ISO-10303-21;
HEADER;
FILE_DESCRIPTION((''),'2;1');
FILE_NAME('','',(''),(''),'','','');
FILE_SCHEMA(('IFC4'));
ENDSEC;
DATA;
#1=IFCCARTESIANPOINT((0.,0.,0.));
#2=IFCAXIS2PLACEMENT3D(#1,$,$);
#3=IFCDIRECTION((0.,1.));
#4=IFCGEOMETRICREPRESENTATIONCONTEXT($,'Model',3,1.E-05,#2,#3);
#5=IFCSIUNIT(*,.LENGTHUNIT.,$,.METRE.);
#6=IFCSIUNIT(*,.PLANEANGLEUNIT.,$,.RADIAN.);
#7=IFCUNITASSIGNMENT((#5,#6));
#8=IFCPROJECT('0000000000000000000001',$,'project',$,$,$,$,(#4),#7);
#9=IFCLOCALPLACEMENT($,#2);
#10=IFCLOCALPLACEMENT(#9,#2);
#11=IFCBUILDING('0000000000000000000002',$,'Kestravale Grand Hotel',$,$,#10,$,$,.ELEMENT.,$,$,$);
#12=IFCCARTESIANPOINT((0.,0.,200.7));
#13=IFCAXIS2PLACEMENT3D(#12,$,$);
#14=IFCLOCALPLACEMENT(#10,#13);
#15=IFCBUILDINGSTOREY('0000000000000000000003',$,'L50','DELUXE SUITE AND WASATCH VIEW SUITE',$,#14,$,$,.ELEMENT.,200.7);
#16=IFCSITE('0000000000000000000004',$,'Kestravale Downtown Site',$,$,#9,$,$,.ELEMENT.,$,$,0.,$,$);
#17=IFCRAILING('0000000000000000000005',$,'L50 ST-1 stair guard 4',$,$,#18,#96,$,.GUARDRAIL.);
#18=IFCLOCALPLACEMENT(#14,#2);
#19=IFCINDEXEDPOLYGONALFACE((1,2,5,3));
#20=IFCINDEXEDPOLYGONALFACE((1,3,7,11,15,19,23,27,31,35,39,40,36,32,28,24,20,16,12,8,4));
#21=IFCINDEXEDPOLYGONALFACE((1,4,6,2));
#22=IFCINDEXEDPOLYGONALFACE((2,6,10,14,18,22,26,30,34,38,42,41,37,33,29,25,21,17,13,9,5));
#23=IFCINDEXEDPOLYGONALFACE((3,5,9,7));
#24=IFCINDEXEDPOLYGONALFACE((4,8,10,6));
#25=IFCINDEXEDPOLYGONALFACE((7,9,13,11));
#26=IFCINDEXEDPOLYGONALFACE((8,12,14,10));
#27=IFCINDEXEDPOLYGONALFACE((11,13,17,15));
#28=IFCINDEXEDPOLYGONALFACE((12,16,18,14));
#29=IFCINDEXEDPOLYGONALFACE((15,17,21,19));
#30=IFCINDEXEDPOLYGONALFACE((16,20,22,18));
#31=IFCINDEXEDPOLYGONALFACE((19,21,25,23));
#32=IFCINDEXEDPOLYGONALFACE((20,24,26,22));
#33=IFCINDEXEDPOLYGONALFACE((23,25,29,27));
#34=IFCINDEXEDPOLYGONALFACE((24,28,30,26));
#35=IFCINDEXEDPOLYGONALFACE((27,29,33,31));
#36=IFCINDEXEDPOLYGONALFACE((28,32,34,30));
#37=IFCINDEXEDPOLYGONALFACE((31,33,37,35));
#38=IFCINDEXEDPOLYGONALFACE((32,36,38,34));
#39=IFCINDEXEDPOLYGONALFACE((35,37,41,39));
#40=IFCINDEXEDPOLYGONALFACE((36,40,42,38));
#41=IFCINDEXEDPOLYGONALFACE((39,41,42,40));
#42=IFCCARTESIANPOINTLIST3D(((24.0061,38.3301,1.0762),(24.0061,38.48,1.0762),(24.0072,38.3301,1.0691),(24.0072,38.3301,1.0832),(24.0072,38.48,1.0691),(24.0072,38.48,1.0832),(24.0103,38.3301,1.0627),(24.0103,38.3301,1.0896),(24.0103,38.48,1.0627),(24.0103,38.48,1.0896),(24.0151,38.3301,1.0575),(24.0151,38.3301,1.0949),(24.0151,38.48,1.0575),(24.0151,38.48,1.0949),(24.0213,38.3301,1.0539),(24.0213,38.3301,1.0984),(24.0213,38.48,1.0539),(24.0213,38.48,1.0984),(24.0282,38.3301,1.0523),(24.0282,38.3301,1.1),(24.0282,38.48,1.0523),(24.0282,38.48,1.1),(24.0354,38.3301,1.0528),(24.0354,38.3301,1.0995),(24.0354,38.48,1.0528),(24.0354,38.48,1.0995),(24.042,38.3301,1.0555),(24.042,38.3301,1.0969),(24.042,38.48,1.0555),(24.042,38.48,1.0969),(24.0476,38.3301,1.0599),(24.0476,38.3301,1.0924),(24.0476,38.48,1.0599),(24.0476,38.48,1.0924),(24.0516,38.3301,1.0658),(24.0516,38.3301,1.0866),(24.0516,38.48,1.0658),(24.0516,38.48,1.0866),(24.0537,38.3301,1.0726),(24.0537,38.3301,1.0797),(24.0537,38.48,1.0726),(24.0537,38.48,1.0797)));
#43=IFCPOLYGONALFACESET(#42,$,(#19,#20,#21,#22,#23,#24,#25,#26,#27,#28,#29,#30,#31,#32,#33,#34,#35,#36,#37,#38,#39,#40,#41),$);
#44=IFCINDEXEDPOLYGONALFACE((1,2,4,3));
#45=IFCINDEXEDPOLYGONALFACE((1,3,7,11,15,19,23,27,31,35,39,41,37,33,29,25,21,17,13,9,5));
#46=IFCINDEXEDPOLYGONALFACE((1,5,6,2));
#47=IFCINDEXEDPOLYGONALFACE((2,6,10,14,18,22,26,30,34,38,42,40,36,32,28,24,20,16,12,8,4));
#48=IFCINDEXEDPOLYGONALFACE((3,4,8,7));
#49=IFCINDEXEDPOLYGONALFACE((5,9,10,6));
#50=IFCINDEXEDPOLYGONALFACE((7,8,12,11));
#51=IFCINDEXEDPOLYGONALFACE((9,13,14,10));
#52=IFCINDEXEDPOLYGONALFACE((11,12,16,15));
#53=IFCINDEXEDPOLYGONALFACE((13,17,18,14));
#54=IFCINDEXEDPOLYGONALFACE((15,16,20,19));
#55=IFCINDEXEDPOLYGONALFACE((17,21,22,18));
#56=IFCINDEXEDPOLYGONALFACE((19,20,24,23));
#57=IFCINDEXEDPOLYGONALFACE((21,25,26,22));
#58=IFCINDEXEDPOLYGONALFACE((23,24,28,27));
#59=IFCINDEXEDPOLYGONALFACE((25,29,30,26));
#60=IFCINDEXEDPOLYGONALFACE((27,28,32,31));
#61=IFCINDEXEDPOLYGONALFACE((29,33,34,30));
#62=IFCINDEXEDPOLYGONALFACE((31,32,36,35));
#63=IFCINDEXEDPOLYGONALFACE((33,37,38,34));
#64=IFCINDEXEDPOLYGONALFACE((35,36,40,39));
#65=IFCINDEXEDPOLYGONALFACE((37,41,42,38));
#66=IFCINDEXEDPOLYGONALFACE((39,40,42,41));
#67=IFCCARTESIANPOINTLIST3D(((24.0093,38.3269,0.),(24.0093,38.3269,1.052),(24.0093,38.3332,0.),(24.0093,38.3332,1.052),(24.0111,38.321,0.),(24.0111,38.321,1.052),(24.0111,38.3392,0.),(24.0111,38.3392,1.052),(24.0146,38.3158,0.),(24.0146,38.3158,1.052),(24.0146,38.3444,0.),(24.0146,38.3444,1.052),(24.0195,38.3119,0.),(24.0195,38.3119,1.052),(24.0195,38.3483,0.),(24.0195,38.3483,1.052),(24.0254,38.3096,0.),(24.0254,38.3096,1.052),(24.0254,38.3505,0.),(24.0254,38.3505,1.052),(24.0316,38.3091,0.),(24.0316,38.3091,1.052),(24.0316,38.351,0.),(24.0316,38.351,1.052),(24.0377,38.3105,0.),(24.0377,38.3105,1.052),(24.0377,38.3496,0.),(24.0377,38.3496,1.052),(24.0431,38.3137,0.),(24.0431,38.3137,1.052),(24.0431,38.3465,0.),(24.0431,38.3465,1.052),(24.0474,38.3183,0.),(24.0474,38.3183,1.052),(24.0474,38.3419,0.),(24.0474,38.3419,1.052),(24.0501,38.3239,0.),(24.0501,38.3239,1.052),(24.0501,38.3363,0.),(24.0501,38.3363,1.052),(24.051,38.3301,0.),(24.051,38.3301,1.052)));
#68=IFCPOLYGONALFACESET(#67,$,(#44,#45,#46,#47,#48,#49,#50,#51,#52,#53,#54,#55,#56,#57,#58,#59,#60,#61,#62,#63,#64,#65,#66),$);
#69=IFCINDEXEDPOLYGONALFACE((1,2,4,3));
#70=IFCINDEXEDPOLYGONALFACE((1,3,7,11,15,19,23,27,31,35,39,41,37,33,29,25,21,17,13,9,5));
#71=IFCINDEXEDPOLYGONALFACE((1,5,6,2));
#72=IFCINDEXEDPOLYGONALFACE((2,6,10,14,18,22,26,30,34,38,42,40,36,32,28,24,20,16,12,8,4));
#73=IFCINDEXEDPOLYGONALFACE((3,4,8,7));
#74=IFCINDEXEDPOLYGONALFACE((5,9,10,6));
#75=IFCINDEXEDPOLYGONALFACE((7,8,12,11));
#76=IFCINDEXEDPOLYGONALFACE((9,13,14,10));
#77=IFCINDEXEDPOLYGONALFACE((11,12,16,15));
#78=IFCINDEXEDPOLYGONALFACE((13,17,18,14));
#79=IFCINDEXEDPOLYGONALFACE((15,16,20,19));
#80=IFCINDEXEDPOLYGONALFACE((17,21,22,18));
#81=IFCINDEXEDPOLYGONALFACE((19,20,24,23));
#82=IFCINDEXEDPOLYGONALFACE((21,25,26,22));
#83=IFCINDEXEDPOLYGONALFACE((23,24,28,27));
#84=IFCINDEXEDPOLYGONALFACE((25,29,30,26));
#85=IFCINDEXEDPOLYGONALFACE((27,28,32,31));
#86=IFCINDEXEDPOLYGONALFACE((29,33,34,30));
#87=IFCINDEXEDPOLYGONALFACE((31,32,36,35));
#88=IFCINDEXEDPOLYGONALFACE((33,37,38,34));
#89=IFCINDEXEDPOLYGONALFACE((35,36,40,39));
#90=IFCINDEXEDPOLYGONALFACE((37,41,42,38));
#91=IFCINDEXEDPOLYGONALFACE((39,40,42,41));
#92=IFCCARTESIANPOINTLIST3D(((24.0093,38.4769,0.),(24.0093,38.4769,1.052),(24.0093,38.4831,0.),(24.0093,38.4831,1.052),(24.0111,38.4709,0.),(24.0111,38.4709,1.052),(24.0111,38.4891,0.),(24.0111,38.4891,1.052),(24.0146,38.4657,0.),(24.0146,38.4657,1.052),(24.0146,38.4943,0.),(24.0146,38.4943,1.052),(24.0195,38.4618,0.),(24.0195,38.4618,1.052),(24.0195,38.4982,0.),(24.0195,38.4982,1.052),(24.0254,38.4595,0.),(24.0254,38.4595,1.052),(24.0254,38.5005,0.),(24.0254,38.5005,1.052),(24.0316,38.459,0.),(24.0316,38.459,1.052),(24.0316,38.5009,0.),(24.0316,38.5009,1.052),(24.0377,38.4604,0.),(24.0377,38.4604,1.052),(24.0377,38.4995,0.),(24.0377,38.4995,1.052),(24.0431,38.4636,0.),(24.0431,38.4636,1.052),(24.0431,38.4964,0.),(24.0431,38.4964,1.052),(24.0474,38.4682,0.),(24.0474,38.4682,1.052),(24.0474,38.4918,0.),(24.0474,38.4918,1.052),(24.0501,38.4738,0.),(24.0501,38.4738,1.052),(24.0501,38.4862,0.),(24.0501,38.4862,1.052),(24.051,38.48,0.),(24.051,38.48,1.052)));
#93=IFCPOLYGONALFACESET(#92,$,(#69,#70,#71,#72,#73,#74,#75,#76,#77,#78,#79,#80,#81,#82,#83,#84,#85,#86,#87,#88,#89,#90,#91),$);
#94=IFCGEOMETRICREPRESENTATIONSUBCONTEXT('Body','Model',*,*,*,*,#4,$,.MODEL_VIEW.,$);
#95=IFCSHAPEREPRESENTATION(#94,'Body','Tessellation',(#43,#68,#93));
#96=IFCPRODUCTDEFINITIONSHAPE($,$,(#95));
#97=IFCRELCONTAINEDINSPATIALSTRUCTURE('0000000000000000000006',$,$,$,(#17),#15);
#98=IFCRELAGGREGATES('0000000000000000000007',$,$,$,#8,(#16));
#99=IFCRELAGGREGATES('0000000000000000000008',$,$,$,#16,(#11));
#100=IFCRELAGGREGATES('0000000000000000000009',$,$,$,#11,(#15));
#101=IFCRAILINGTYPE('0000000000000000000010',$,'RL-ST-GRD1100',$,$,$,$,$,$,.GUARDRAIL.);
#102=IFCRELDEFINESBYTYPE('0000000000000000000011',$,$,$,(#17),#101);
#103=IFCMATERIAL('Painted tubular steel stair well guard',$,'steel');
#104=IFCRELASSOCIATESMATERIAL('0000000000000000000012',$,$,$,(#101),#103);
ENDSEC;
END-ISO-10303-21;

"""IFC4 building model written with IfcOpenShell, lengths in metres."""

from ifc_helpers import new_model, si_unit, direction, frame, origin, origin_2d, place, context, subcontext, project, spatial, circle, extrude, material, type_object, element, save


model = new_model("IFC4")

# Units and contexts
model_context = context("Model", 3, precision=1e-05, world=origin(), true_north=direction((0.0, 1.0)))
body_context = subcontext(model_context, "Body", "Model", "MODEL_VIEW")
ifc_project = project(units=[si_unit("LENGTHUNIT", "METRE"), si_unit("PLANEANGLEUNIT", "RADIAN")], contexts=[model_context])

# Site, building, storey
site_placement = place(None, origin())
site = spatial("IfcSite", under=ifc_project, at=site_placement, Name="Kestravale Downtown Site", CompositionType="ELEMENT", RefElevation=0.0)
building_placement = place(site_placement, origin())
building = spatial("IfcBuilding", under=site, at=building_placement, Name="Kestravale Grand Hotel", CompositionType="ELEMENT")
storey_placement = place(building_placement, frame((0.0, 0.0, 200.7)))
storey = spatial("IfcBuildingStorey", under=building, at=storey_placement, Name="L50", Description="DELUXE SUITE AND WASATCH VIEW SUITE", CompositionType="ELEMENT", Elevation=200.7)

# Railing
ifc_material_1 = material(Name="Painted tubular steel stair well guard", Category="steel")
railing_type_1 = type_object("IfcRailingType", Name="RL-ST-GRD1100", PredefinedType="GUARDRAIL", material=ifc_material_1)
railing_1_placement = place(storey_placement, frame((24.03, 38.3301, 0.0)))
element("IfcRailing", 1, at=railing_1_placement, inside=storey, type_object=railing_type_1, Name="L50 ST-1 stair guard 4", PredefinedType="GUARDRAIL", context=body_context, shape_type="SweptSolid", body=[
    extrude(circle(Radius=0.0239, at=origin_2d()), frame((0.0, 0.0, 1.0762), z_axis=(0.0, 1.0, 0.0), x_axis=(-1.0, 0.0, 0.0)), (0.0, 0.0, 1.0), 0.1499),
    extrude(circle(Radius=0.021, at=origin_2d()), origin(), (0.0, 0.0, 1.0), 1.052),
    extrude(circle(Radius=0.021, at=origin_2d()), frame((0.0, 0.1499, 0.0)), (0.0, 0.0, 1.0), 1.052),
])

save(model, "model.ifc")
